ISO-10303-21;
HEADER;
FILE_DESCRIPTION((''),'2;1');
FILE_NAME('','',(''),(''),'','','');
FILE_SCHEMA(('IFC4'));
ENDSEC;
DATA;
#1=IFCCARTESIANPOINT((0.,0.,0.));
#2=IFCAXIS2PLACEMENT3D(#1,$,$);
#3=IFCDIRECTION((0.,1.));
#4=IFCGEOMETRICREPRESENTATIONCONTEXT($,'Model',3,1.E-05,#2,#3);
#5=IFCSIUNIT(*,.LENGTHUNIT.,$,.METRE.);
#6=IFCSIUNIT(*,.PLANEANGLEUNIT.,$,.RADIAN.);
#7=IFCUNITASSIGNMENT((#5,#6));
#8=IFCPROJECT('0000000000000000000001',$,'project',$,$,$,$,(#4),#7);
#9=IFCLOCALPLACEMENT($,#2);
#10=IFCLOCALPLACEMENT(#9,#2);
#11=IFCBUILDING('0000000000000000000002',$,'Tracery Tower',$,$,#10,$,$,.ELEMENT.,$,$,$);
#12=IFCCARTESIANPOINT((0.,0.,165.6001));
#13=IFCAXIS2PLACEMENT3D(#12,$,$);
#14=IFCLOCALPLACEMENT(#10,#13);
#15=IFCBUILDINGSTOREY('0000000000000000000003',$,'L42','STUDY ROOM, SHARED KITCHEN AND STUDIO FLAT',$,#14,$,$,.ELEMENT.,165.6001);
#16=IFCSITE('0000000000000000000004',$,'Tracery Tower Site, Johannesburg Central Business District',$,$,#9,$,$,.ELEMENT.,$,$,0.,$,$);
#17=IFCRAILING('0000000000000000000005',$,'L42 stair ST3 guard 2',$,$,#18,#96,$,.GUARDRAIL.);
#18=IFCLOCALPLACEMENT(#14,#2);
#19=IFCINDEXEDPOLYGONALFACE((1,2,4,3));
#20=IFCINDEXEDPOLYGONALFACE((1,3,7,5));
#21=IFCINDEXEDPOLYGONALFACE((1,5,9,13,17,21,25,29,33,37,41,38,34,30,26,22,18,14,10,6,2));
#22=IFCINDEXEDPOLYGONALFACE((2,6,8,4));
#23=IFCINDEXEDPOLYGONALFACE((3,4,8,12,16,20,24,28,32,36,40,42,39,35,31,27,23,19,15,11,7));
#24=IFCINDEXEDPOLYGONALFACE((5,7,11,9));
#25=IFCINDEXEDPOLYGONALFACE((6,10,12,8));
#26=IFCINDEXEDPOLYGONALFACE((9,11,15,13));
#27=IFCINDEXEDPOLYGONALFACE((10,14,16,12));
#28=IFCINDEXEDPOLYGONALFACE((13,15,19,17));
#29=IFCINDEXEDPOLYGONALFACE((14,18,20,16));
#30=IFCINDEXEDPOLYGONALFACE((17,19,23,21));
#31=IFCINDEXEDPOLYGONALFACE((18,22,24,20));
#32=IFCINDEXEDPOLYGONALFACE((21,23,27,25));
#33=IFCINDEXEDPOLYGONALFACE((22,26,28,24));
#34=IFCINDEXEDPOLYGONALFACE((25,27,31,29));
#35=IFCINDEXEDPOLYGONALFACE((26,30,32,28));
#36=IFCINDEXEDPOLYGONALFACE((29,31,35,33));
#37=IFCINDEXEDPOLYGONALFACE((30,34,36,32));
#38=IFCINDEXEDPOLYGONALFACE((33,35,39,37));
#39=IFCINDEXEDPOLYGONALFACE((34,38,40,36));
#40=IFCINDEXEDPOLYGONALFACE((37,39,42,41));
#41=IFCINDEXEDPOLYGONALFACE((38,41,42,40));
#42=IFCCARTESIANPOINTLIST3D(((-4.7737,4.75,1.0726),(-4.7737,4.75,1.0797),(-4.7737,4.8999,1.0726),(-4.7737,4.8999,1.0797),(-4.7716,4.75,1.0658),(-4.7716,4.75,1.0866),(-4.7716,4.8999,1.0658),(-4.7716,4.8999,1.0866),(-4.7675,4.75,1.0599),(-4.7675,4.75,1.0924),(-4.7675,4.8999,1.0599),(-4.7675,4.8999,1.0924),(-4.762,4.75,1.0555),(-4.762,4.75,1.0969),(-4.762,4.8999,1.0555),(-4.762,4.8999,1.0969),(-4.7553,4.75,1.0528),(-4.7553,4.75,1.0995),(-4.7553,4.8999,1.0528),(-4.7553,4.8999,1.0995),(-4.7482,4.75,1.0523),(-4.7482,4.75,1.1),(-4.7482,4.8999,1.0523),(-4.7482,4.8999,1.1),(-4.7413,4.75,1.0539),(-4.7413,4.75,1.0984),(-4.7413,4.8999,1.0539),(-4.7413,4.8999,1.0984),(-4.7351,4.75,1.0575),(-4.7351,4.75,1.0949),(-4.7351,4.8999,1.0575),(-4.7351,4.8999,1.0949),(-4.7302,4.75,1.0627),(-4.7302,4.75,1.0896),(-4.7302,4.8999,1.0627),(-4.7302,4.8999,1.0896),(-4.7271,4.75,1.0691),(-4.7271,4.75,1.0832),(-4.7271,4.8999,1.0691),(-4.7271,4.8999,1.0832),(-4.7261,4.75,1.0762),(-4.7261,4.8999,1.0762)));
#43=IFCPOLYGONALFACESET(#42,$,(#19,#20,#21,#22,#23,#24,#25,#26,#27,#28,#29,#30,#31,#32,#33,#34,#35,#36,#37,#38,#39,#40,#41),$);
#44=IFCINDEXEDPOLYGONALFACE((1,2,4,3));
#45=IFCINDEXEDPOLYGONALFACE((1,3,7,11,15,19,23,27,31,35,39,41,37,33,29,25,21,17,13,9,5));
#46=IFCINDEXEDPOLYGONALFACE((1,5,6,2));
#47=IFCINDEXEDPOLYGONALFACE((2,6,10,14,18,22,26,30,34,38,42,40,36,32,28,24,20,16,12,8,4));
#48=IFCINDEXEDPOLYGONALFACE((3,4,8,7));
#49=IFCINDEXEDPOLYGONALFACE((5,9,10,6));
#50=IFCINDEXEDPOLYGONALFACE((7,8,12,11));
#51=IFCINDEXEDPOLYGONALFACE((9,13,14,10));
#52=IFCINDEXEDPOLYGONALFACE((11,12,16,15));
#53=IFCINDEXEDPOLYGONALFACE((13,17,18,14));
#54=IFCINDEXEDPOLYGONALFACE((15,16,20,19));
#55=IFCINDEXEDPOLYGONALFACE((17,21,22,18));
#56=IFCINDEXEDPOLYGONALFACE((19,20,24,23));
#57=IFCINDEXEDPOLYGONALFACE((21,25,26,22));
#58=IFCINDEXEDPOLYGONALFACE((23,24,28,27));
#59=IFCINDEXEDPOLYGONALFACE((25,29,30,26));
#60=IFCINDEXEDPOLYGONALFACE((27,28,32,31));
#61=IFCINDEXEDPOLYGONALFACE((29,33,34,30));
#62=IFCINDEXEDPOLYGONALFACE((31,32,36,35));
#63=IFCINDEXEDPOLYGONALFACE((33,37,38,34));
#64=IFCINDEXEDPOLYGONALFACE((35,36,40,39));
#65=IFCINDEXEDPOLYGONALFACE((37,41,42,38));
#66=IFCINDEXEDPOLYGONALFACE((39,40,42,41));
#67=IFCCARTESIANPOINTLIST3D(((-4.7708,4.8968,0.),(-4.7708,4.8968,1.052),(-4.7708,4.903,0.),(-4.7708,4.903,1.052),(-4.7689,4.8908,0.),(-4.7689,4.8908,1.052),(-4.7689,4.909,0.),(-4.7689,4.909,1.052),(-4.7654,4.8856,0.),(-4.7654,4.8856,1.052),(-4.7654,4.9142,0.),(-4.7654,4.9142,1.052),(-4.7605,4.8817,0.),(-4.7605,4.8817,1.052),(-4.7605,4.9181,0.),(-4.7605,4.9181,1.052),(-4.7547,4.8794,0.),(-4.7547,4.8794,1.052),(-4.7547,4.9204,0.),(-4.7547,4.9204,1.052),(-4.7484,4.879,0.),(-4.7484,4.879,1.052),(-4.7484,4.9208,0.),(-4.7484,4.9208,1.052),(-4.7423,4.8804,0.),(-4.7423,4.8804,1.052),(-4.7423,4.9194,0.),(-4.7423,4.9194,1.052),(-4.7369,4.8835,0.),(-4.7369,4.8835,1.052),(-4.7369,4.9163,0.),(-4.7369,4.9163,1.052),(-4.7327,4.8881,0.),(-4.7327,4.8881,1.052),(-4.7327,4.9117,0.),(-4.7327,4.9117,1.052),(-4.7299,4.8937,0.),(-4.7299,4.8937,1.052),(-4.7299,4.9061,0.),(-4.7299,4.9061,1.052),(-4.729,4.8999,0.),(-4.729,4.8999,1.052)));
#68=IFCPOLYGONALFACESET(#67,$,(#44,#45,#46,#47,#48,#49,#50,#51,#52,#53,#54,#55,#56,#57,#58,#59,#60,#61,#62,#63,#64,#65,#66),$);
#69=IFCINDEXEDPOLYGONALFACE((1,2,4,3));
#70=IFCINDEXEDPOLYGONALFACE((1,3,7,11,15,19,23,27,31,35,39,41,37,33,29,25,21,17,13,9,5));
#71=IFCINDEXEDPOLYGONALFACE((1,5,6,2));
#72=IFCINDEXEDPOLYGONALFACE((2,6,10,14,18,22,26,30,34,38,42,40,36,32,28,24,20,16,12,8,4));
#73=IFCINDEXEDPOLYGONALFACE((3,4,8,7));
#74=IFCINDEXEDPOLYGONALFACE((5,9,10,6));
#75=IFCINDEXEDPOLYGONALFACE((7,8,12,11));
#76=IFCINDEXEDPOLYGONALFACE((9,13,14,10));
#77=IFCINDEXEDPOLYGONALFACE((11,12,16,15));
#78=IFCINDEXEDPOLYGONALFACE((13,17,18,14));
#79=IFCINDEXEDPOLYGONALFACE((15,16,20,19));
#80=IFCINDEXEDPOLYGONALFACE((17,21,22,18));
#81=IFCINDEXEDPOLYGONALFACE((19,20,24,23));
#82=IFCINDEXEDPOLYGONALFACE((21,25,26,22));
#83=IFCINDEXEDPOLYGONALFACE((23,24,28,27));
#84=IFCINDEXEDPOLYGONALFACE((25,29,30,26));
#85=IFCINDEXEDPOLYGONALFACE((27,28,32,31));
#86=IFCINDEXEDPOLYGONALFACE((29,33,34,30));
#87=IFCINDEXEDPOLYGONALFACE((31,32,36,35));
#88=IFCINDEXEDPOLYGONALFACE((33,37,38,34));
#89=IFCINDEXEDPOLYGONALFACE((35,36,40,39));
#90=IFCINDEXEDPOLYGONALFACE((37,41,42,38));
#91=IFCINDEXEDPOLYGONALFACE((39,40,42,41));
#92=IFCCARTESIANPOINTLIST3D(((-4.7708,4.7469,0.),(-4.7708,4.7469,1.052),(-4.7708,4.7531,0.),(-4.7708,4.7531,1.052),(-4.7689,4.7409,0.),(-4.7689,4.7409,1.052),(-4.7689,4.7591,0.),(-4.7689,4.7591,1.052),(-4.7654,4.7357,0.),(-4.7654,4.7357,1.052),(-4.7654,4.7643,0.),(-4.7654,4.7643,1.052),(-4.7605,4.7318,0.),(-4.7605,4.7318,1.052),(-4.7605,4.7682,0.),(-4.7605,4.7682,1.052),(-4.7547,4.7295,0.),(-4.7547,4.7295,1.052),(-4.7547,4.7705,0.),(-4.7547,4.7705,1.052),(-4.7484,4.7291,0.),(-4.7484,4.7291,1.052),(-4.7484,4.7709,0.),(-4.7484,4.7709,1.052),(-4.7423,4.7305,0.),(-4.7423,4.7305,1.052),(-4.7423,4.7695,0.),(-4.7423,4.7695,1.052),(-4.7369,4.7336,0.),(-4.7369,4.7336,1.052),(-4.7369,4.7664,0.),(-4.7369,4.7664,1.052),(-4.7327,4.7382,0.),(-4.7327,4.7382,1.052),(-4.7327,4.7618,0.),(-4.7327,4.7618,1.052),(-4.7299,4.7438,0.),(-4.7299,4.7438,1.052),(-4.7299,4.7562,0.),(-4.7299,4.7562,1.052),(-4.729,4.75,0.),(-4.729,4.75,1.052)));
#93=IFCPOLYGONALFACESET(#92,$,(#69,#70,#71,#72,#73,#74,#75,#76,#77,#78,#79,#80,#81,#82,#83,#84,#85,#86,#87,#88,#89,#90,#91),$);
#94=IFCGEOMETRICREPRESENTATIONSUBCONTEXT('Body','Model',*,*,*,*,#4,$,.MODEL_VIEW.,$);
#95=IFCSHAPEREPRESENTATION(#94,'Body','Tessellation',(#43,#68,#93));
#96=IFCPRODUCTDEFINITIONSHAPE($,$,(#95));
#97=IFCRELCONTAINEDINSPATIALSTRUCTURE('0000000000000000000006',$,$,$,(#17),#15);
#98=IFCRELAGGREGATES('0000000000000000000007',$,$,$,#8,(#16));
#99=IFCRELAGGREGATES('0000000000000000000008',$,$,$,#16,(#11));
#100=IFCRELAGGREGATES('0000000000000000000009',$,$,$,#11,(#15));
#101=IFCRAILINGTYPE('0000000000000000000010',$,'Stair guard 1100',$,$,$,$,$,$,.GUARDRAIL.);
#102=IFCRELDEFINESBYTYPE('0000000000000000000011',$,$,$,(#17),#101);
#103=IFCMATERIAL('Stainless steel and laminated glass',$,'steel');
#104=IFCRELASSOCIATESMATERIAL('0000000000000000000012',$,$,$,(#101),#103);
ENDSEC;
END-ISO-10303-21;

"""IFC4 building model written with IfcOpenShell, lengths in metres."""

from ifc_helpers import new_model, si_unit, direction, frame, origin, origin_2d, place, context, subcontext, project, spatial, circle, extrude, material, type_object, element, save


model = new_model("IFC4")

# Units and contexts
model_context = context("Model", 3, precision=1e-05, world=origin(), true_north=direction((0.0, 1.0)))
body_context = subcontext(model_context, "Body", "Model", "MODEL_VIEW")
ifc_project = project(units=[si_unit("LENGTHUNIT", "METRE"), si_unit("PLANEANGLEUNIT", "RADIAN")], contexts=[model_context])

# Site, building, storey
site_placement = place(None, origin())
site = spatial("IfcSite", under=ifc_project, at=site_placement, Name="Tracery Tower Site, Johannesburg Central Business District", CompositionType="ELEMENT", RefElevation=0.0)
building_placement = place(site_placement, origin())
building = spatial("IfcBuilding", under=site, at=building_placement, Name="Tracery Tower", CompositionType="ELEMENT")
storey_placement = place(building_placement, frame((0.0, 0.0, 165.6001)))
storey = spatial("IfcBuildingStorey", under=building, at=storey_placement, Name="L42", Description="STUDY ROOM, SHARED KITCHEN AND STUDIO FLAT", CompositionType="ELEMENT", Elevation=165.6001)

# Railing
ifc_material_1 = material(Name="Stainless steel and laminated glass", Category="steel")
railing_type_1 = type_object("IfcRailingType", Name="Stair guard 1100", PredefinedType="GUARDRAIL", material=ifc_material_1)
railing_1_placement = place(storey_placement, frame((-4.75, 4.8999, 0.0)))
element("IfcRailing", 1, at=railing_1_placement, inside=storey, type_object=railing_type_1, Name="L42 stair ST3 guard 2", PredefinedType="GUARDRAIL", context=body_context, shape_type="SweptSolid", body=[
    extrude(circle(Radius=0.0239, at=origin_2d()), frame((0.0, 0.0, 1.0762), z_axis=(0.0, -1.0, 0.0), x_axis=(1.0, 0.0, 0.0)), (0.0, 0.0, 1.0), 0.1499),
    extrude(circle(Radius=0.021, at=origin_2d()), origin(), (0.0, 0.0, 1.0), 1.052),
    extrude(circle(Radius=0.021, at=origin_2d()), frame((0.0, -0.1499, 0.0)), (0.0, 0.0, 1.0), 1.052),
])

save(model, "model.ifc")
